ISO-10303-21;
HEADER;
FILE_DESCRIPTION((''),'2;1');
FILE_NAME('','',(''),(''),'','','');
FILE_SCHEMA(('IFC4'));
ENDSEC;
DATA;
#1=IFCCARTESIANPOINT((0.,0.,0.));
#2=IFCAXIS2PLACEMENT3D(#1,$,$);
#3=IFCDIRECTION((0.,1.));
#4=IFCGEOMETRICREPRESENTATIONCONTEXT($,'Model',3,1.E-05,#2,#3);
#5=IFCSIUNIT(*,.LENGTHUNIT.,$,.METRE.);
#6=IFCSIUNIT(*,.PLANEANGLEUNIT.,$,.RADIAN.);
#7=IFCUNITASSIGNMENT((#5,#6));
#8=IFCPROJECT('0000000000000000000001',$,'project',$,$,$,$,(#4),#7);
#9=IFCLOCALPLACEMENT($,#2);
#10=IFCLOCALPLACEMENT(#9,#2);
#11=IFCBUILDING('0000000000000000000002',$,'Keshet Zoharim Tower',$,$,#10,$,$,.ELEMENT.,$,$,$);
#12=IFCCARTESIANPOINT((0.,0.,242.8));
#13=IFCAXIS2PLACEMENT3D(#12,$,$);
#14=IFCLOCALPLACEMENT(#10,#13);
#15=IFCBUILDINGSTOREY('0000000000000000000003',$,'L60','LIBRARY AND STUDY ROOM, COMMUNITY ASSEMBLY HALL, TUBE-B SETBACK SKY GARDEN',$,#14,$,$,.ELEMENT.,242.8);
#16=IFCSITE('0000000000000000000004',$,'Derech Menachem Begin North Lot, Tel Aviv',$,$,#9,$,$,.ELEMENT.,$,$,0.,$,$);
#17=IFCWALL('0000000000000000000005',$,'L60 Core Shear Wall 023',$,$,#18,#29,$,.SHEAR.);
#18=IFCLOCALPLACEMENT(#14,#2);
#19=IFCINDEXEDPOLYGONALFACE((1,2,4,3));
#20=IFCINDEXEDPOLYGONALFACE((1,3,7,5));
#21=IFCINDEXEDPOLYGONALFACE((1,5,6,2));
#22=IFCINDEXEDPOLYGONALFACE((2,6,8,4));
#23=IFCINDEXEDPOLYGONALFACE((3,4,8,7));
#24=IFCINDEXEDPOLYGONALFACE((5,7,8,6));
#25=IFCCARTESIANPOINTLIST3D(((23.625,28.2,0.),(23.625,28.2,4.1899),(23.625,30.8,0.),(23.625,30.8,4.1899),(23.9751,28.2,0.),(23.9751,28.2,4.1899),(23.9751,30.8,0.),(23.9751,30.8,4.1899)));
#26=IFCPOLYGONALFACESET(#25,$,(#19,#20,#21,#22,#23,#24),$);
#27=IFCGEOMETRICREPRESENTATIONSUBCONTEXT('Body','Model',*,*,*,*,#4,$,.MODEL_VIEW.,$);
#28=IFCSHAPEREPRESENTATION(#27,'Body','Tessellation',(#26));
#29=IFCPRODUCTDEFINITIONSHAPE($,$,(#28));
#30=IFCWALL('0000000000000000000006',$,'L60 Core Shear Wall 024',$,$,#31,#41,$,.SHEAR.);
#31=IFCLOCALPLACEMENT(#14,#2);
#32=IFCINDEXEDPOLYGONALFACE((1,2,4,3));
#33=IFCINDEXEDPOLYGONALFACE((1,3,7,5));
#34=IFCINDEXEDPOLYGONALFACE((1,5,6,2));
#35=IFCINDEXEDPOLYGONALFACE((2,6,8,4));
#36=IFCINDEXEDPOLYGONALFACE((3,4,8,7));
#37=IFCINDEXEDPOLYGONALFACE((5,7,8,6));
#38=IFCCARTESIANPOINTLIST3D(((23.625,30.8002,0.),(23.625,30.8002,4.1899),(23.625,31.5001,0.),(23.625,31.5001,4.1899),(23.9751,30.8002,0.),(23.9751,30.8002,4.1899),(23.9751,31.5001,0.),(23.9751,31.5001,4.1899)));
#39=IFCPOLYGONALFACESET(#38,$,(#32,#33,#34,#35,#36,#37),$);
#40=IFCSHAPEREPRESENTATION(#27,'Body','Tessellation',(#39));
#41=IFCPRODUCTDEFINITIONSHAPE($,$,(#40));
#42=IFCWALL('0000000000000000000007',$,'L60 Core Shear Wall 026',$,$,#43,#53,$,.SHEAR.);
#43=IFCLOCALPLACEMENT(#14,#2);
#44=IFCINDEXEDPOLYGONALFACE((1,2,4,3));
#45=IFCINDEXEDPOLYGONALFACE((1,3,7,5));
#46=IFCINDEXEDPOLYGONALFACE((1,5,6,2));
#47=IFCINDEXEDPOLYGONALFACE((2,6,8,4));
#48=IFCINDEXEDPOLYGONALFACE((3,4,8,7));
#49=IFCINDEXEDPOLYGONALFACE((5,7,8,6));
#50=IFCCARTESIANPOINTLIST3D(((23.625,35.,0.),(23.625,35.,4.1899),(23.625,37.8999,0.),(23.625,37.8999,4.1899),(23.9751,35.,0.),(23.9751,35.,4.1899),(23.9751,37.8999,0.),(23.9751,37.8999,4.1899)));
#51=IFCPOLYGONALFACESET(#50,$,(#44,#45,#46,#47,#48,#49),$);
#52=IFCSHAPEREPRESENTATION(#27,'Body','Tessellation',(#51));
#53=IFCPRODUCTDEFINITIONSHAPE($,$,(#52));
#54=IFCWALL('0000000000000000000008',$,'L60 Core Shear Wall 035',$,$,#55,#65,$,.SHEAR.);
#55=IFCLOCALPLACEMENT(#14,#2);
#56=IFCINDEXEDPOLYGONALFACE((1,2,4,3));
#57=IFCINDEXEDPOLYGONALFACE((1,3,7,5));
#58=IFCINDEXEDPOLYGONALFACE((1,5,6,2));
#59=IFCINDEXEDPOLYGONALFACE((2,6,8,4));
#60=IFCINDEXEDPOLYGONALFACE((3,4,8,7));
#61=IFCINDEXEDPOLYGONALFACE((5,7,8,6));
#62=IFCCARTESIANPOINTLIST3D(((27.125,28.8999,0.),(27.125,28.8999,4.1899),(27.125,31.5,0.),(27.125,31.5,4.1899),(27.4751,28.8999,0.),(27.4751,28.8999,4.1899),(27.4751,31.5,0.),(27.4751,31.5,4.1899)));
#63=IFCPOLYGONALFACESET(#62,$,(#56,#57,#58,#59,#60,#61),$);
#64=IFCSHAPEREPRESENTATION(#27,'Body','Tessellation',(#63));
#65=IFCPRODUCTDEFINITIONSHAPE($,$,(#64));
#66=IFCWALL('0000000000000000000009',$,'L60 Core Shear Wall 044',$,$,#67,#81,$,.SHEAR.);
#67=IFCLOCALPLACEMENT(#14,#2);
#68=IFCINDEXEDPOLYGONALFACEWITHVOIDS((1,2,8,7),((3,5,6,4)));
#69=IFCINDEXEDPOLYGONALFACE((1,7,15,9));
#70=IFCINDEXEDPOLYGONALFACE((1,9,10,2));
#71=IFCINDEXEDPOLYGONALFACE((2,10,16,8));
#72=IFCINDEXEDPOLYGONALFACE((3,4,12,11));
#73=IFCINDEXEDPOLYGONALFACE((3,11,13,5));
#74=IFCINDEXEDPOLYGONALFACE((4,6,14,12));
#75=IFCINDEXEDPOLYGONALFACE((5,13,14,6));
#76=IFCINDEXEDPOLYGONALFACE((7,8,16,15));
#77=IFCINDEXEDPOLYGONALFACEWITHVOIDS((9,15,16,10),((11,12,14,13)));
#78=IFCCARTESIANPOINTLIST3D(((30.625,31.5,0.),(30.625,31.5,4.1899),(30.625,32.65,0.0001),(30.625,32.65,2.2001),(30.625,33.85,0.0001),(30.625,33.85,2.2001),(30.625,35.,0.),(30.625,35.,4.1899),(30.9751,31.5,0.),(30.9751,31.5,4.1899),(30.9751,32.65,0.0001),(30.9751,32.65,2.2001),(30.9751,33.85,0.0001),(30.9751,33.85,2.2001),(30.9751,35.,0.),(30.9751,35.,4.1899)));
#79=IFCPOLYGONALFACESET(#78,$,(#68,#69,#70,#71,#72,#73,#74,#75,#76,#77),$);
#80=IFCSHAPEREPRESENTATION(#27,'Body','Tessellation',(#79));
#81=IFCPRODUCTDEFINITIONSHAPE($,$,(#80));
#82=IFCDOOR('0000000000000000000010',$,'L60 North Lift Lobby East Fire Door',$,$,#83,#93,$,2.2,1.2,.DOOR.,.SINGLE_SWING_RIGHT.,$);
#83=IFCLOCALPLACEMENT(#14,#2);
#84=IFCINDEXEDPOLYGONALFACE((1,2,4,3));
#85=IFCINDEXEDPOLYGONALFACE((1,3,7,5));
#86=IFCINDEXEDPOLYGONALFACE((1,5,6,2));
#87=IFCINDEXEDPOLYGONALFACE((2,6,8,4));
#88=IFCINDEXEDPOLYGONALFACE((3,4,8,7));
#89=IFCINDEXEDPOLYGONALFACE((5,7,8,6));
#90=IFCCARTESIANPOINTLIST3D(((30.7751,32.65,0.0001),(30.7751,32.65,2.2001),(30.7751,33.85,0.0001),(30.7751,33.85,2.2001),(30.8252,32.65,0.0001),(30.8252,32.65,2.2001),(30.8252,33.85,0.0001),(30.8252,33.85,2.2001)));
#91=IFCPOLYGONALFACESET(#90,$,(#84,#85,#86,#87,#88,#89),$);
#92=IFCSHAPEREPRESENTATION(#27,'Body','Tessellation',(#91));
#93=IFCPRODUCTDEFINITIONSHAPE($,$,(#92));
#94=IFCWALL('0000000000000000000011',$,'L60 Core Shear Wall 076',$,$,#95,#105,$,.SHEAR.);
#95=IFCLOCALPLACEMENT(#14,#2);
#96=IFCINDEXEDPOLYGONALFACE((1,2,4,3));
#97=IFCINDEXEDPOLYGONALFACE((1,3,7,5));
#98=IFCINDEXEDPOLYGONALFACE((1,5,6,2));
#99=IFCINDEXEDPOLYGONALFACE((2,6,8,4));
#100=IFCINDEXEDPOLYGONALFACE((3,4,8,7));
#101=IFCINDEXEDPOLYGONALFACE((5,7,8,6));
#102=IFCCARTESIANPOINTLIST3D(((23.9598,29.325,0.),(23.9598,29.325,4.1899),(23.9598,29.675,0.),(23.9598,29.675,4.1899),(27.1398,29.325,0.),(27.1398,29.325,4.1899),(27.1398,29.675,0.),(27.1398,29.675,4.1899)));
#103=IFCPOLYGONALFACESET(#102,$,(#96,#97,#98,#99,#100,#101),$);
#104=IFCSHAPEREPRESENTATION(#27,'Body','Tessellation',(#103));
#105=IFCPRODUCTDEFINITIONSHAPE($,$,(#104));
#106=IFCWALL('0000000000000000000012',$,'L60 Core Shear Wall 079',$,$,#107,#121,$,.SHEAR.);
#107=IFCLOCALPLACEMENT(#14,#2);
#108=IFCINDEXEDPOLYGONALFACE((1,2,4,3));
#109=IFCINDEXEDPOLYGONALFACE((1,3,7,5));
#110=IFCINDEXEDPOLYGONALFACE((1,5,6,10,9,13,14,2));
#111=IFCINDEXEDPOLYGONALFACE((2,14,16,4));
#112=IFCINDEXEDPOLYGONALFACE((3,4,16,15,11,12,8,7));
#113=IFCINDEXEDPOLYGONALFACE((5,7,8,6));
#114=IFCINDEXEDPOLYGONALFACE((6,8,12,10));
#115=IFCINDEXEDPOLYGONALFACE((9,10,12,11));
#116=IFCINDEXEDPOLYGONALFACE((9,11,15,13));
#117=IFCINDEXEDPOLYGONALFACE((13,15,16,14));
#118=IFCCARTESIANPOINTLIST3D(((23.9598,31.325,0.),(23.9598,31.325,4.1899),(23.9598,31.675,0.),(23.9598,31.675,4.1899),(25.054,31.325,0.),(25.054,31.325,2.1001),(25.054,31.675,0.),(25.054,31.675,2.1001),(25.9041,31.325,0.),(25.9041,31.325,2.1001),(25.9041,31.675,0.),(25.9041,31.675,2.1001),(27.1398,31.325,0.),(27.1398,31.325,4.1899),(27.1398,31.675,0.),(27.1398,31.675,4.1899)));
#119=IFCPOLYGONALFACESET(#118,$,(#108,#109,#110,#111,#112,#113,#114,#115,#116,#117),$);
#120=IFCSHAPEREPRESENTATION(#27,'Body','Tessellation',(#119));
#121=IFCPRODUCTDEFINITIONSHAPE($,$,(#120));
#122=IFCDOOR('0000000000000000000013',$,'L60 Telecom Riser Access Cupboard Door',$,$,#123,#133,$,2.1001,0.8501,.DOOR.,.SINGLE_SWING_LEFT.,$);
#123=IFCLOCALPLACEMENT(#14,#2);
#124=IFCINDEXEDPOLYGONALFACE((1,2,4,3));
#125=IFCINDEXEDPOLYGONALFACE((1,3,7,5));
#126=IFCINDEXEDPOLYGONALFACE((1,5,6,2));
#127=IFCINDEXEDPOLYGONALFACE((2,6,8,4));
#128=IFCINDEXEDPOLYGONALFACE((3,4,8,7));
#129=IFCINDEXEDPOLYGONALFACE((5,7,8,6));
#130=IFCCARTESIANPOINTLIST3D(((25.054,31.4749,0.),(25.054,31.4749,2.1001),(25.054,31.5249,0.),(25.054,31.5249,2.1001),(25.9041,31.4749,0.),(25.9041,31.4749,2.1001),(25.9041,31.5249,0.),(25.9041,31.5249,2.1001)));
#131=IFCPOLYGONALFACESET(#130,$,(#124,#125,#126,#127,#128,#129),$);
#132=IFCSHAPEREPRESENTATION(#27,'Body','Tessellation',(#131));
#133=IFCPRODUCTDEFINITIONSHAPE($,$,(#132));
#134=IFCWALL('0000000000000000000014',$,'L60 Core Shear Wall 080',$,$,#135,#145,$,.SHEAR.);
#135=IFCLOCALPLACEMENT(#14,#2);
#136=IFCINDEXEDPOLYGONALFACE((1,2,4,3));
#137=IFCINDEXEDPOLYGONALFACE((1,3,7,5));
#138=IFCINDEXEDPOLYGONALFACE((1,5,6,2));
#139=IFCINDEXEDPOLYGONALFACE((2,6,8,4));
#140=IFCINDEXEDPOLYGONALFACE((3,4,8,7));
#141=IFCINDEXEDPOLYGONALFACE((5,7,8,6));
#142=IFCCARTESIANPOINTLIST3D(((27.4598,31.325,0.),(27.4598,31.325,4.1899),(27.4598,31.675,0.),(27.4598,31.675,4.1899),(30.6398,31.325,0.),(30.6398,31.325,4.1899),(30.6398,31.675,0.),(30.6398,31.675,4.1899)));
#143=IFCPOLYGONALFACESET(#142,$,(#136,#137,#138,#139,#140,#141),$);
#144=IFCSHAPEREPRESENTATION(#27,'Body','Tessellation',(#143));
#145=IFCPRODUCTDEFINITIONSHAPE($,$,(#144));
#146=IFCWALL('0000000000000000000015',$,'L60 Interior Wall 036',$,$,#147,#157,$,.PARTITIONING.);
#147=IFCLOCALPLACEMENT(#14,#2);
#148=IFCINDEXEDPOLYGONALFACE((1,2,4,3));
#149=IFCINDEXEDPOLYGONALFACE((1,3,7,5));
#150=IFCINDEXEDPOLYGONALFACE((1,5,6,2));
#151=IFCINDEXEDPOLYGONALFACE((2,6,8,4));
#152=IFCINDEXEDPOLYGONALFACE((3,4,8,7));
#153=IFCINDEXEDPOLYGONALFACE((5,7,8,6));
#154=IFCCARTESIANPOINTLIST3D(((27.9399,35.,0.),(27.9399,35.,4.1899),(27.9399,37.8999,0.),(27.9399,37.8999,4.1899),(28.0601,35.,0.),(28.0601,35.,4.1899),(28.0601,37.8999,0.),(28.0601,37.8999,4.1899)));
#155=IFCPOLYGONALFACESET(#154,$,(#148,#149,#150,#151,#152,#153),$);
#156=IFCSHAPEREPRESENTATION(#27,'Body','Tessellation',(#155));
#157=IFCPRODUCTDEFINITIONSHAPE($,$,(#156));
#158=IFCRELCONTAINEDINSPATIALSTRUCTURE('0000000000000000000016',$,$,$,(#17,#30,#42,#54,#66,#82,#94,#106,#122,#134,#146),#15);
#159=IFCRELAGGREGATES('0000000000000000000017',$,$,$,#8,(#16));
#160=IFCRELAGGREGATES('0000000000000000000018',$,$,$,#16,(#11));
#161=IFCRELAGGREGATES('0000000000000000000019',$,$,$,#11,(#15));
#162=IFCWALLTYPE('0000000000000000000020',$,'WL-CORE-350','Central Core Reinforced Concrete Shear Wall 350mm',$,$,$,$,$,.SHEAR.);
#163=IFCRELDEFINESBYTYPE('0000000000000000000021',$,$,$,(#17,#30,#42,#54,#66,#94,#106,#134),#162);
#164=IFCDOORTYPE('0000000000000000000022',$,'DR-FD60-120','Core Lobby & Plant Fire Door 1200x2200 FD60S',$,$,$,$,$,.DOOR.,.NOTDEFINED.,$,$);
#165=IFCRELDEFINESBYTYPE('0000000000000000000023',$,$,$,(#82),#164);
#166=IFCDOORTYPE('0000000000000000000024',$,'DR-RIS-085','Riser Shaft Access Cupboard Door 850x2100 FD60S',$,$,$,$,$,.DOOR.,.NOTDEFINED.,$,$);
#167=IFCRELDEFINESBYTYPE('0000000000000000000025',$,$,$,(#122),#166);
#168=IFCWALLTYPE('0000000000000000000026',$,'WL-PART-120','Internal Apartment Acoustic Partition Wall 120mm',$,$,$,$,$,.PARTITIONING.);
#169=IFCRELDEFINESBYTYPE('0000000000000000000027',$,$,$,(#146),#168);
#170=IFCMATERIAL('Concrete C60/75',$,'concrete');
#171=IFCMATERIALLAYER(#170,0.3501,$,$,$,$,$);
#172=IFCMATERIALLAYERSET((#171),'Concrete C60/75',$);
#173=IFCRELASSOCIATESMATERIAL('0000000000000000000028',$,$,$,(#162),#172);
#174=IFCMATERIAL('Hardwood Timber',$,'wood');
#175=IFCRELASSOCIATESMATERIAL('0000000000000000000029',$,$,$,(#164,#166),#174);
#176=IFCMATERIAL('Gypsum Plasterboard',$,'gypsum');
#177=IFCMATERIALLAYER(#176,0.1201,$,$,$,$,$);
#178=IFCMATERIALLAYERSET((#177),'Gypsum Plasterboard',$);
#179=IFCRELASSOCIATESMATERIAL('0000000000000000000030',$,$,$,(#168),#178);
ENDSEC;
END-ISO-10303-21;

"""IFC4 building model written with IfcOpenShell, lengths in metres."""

from ifc_helpers import new_model, si_unit, direction, frame, frame_2d, origin, place, context, subcontext, project, spatial, rectangle, extrude, material, layer, layer_set, type_object, element, fill, save


model = new_model("IFC4")

# Units and contexts
model_context = context("Model", 3, precision=1e-05, world=origin(), true_north=direction((0.0, 1.0)))
body_context = subcontext(model_context, "Body", "Model", "MODEL_VIEW")
ifc_project = project(units=[si_unit("LENGTHUNIT", "METRE"), si_unit("PLANEANGLEUNIT", "RADIAN")], contexts=[model_context])

# Site, building, storey
site_placement = place(None, origin())
site = spatial("IfcSite", under=ifc_project, at=site_placement, Name="Derech Menachem Begin North Lot, Tel Aviv", CompositionType="ELEMENT", RefElevation=0.0)
building_placement = place(site_placement, origin())
building = spatial("IfcBuilding", under=site, at=building_placement, Name="Keshet Zoharim Tower", CompositionType="ELEMENT")
storey_placement = place(building_placement, frame((0.0, 0.0, 242.8)))
storey = spatial("IfcBuildingStorey", under=building, at=storey_placement, Name="L60", Description="LIBRARY AND STUDY ROOM, COMMUNITY ASSEMBLY HALL, TUBE-B SETBACK SKY GARDEN", CompositionType="ELEMENT", Elevation=242.8)

# Walls
ifc_material_1 = material(Name="Gypsum Plasterboard", Category="gypsum")
ifc_material_2 = material(Name="Concrete C60/75", Category="concrete")
ifc_layer_1 = layer(ifc_material_2, 0.3501)
ifc_layer_set_1 = layer_set([ifc_layer_1], Name="Concrete C60/75")
wall_type_1 = type_object("IfcWallType", Name="WL-CORE-350", Description="Central Core Reinforced Concrete Shear Wall 350mm", PredefinedType="SHEAR", material=ifc_layer_set_1)
wall_1_placement = place(storey_placement, frame((23.8, 28.2, 0.0), z_axis=(0.0, 0.0, 1.0), x_axis=(0.0, 1.0, 0.0)))
element("IfcWall", 1, at=wall_1_placement, inside=storey, type_object=wall_type_1, Name="L60 Core Shear Wall 023", PredefinedType="SHEAR", context=body_context, shape_type="SweptSolid", body=[
    extrude(rectangle(XDim=2.6001, YDim=0.3501, at=frame_2d((1.3, 0.0))), origin(), (0.0, 0.0, 1.0), 4.1899),
])
wall_2_placement = place(storey_placement, frame((23.8, 30.8, 0.0), z_axis=(0.0, 0.0, 1.0), x_axis=(0.0, 1.0, 0.0)))
element("IfcWall", 2, at=wall_2_placement, inside=storey, type_object=wall_type_1, Name="L60 Core Shear Wall 024", PredefinedType="SHEAR", context=body_context, shape_type="SweptSolid", body=[
    extrude(rectangle(XDim=0.7, YDim=0.3501, at=frame_2d((0.3501, 0.0))), origin(), (0.0, 0.0, 1.0), 4.1899),
])

# Shared definitions
ifc_material_3 = material(Name="Hardwood Timber", Category="wood")

# Walls
wall_3_placement = place(storey_placement, frame((23.8, 35.0, 0.0), z_axis=(0.0, 0.0, 1.0), x_axis=(0.0, 1.0, 0.0)))
element("IfcWall", 3, at=wall_3_placement, inside=storey, type_object=wall_type_1, Name="L60 Core Shear Wall 026", PredefinedType="SHEAR", context=body_context, shape_type="SweptSolid", body=[
    extrude(rectangle(XDim=2.8999, YDim=0.3501, at=frame_2d((1.45, 0.0))), origin(), (0.0, 0.0, 1.0), 4.1899),
])
wall_4_placement = place(storey_placement, frame((27.3, 28.8999, 0.0), z_axis=(0.0, 0.0, 1.0), x_axis=(0.0, 1.0, 0.0)))
element("IfcWall", 4, at=wall_4_placement, inside=storey, type_object=wall_type_1, Name="L60 Core Shear Wall 035", PredefinedType="SHEAR", context=body_context, shape_type="SweptSolid", body=[
    extrude(rectangle(XDim=2.6001, YDim=0.3501, at=frame_2d((1.3, 0.0))), origin(), (0.0, 0.0, 1.0), 4.1899),
])

# Wall, opening, door
wall_5_placement = place(storey_placement, frame((30.8, 31.5, 0.0), z_axis=(0.0, 0.0, 1.0), x_axis=(0.0, 1.0, 0.0)))
wall_5 = element("IfcWall", 5, at=wall_5_placement, inside=storey, type_object=wall_type_1, Name="L60 Core Shear Wall 044", PredefinedType="SHEAR", context=body_context, shape_type="SweptSolid", body=[
    extrude(rectangle(XDim=3.5, YDim=0.3501, at=frame_2d((1.75, 0.0))), origin(), (0.0, 0.0, 1.0), 4.1899),
])
opening_1_placement = place(wall_5_placement, frame((1.1499, 0.0, 0.0)))
opening_1 = element("IfcOpeningElement", 6, at=opening_1_placement, cuts=wall_5, PredefinedType="OPENING", context=body_context, shape_type="SweptSolid", body=[
    extrude(rectangle(XDim=1.2, YDim=2.2, at=frame_2d((0.6001, 1.1001))), frame((0.0, 0.1851, 0.0), z_axis=(0.0, -1.0, 0.0), x_axis=(1.0, 0.0, 0.0)), (0.0, 0.0, 1.0), 0.3701),
])
door_type_1 = type_object("IfcDoorType", Name="DR-FD60-120", Description="Core Lobby & Plant Fire Door 1200x2200 FD60S", OperationType="NOTDEFINED", PredefinedType="DOOR", material=ifc_material_3)
door_1_placement = place(opening_1_placement, origin())
door_1 = element("IfcDoor", 7, at=door_1_placement, inside=storey, type_object=door_type_1, Name="L60 North Lift Lobby East Fire Door", OperationType="SINGLE_SWING_RIGHT", OverallHeight=2.2, OverallWidth=1.2, PredefinedType="DOOR", context=body_context, shape_type="SweptSolid", body=[
    extrude(rectangle(XDim=1.2, YDim=2.2, at=frame_2d((0.6001, 1.1001))), frame((0.0, 0.0249, 0.0), z_axis=(0.0, -1.0, 0.0), x_axis=(1.0, 0.0, 0.0)), (0.0, 0.0, 1.0), 0.05),
])
fill(opening_1, door_1)

# Wall
wall_6_placement = place(storey_placement, frame((23.96, 29.5, 0.0), z_axis=(0.0, 0.0, 1.0), x_axis=(1.0, 0.0, 0.0)))
element("IfcWall", 8, at=wall_6_placement, inside=storey, type_object=wall_type_1, Name="L60 Core Shear Wall 076", PredefinedType="SHEAR", context=body_context, shape_type="SweptSolid", body=[
    extrude(rectangle(XDim=3.1799, YDim=0.3501, at=frame_2d((1.5898, 0.0))), origin(), (0.0, 0.0, 1.0), 4.1899),
])

# Wall, opening, door
wall_7_placement = place(storey_placement, frame((23.96, 31.5, 0.0), z_axis=(0.0, 0.0, 1.0), x_axis=(1.0, 0.0, 0.0)))
wall_7 = element("IfcWall", 9, at=wall_7_placement, inside=storey, type_object=wall_type_1, Name="L60 Core Shear Wall 079", PredefinedType="SHEAR", context=body_context, shape_type="SweptSolid", body=[
    extrude(rectangle(XDim=3.1799, YDim=0.3501, at=frame_2d((1.5898, 0.0))), origin(), (0.0, 0.0, 1.0), 4.1899),
])
opening_2_placement = place(wall_7_placement, frame((1.094, 0.0, 0.0)))
opening_2 = element("IfcOpeningElement", 10, at=opening_2_placement, cuts=wall_7, PredefinedType="OPENING", context=body_context, shape_type="SweptSolid", body=[
    extrude(rectangle(XDim=0.8501, YDim=2.1001, at=frame_2d((0.425, 1.05))), frame((0.0, 0.1851, 0.0), z_axis=(0.0, -1.0, 0.0), x_axis=(1.0, 0.0, 0.0)), (0.0, 0.0, 1.0), 0.3701),
])
door_type_2 = type_object("IfcDoorType", Name="DR-RIS-085", Description="Riser Shaft Access Cupboard Door 850x2100 FD60S", OperationType="NOTDEFINED", PredefinedType="DOOR", material=ifc_material_3)
door_2_placement = place(opening_2_placement, origin())
door_2 = element("IfcDoor", 11, at=door_2_placement, inside=storey, type_object=door_type_2, Name="L60 Telecom Riser Access Cupboard Door", OperationType="SINGLE_SWING_LEFT", OverallHeight=2.1001, OverallWidth=0.8501, PredefinedType="DOOR", context=body_context, shape_type="SweptSolid", body=[
    extrude(rectangle(XDim=0.8501, YDim=2.1001, at=frame_2d((0.425, 1.05))), frame((0.0, 0.0249, 0.0), z_axis=(0.0, -1.0, 0.0), x_axis=(1.0, 0.0, 0.0)), (0.0, 0.0, 1.0), 0.05),
])
fill(opening_2, door_2)

# Wall
wall_8_placement = place(storey_placement, frame((27.46, 31.5, 0.0), z_axis=(0.0, 0.0, 1.0), x_axis=(1.0, 0.0, 0.0)))
element("IfcWall", 12, at=wall_8_placement, inside=storey, type_object=wall_type_1, Name="L60 Core Shear Wall 080", PredefinedType="SHEAR", context=body_context, shape_type="SweptSolid", body=[
    extrude(rectangle(XDim=3.1799, YDim=0.3501, at=frame_2d((1.5898, 0.0))), origin(), (0.0, 0.0, 1.0), 4.1899),
])

# Wall
ifc_layer_2 = layer(ifc_material_1, 0.1201)
ifc_layer_set_2 = layer_set([ifc_layer_2], Name="Gypsum Plasterboard")
wall_type_2 = type_object("IfcWallType", Name="WL-PART-120", Description="Internal Apartment Acoustic Partition Wall 120mm", PredefinedType="PARTITIONING", material=ifc_layer_set_2)
wall_9_placement = place(storey_placement, frame((28.0, 35.0, 0.0), z_axis=(0.0, 0.0, 1.0), x_axis=(0.0, 1.0, 0.0)))
element("IfcWall", 13, at=wall_9_placement, inside=storey, type_object=wall_type_2, Name="L60 Interior Wall 036", PredefinedType="PARTITIONING", context=body_context, shape_type="SweptSolid", body=[
    extrude(rectangle(XDim=2.8999, YDim=0.1201, at=frame_2d((1.45, 0.0))), origin(), (0.0, 0.0, 1.0), 4.1899),
])

save(model, "model.ifc")
